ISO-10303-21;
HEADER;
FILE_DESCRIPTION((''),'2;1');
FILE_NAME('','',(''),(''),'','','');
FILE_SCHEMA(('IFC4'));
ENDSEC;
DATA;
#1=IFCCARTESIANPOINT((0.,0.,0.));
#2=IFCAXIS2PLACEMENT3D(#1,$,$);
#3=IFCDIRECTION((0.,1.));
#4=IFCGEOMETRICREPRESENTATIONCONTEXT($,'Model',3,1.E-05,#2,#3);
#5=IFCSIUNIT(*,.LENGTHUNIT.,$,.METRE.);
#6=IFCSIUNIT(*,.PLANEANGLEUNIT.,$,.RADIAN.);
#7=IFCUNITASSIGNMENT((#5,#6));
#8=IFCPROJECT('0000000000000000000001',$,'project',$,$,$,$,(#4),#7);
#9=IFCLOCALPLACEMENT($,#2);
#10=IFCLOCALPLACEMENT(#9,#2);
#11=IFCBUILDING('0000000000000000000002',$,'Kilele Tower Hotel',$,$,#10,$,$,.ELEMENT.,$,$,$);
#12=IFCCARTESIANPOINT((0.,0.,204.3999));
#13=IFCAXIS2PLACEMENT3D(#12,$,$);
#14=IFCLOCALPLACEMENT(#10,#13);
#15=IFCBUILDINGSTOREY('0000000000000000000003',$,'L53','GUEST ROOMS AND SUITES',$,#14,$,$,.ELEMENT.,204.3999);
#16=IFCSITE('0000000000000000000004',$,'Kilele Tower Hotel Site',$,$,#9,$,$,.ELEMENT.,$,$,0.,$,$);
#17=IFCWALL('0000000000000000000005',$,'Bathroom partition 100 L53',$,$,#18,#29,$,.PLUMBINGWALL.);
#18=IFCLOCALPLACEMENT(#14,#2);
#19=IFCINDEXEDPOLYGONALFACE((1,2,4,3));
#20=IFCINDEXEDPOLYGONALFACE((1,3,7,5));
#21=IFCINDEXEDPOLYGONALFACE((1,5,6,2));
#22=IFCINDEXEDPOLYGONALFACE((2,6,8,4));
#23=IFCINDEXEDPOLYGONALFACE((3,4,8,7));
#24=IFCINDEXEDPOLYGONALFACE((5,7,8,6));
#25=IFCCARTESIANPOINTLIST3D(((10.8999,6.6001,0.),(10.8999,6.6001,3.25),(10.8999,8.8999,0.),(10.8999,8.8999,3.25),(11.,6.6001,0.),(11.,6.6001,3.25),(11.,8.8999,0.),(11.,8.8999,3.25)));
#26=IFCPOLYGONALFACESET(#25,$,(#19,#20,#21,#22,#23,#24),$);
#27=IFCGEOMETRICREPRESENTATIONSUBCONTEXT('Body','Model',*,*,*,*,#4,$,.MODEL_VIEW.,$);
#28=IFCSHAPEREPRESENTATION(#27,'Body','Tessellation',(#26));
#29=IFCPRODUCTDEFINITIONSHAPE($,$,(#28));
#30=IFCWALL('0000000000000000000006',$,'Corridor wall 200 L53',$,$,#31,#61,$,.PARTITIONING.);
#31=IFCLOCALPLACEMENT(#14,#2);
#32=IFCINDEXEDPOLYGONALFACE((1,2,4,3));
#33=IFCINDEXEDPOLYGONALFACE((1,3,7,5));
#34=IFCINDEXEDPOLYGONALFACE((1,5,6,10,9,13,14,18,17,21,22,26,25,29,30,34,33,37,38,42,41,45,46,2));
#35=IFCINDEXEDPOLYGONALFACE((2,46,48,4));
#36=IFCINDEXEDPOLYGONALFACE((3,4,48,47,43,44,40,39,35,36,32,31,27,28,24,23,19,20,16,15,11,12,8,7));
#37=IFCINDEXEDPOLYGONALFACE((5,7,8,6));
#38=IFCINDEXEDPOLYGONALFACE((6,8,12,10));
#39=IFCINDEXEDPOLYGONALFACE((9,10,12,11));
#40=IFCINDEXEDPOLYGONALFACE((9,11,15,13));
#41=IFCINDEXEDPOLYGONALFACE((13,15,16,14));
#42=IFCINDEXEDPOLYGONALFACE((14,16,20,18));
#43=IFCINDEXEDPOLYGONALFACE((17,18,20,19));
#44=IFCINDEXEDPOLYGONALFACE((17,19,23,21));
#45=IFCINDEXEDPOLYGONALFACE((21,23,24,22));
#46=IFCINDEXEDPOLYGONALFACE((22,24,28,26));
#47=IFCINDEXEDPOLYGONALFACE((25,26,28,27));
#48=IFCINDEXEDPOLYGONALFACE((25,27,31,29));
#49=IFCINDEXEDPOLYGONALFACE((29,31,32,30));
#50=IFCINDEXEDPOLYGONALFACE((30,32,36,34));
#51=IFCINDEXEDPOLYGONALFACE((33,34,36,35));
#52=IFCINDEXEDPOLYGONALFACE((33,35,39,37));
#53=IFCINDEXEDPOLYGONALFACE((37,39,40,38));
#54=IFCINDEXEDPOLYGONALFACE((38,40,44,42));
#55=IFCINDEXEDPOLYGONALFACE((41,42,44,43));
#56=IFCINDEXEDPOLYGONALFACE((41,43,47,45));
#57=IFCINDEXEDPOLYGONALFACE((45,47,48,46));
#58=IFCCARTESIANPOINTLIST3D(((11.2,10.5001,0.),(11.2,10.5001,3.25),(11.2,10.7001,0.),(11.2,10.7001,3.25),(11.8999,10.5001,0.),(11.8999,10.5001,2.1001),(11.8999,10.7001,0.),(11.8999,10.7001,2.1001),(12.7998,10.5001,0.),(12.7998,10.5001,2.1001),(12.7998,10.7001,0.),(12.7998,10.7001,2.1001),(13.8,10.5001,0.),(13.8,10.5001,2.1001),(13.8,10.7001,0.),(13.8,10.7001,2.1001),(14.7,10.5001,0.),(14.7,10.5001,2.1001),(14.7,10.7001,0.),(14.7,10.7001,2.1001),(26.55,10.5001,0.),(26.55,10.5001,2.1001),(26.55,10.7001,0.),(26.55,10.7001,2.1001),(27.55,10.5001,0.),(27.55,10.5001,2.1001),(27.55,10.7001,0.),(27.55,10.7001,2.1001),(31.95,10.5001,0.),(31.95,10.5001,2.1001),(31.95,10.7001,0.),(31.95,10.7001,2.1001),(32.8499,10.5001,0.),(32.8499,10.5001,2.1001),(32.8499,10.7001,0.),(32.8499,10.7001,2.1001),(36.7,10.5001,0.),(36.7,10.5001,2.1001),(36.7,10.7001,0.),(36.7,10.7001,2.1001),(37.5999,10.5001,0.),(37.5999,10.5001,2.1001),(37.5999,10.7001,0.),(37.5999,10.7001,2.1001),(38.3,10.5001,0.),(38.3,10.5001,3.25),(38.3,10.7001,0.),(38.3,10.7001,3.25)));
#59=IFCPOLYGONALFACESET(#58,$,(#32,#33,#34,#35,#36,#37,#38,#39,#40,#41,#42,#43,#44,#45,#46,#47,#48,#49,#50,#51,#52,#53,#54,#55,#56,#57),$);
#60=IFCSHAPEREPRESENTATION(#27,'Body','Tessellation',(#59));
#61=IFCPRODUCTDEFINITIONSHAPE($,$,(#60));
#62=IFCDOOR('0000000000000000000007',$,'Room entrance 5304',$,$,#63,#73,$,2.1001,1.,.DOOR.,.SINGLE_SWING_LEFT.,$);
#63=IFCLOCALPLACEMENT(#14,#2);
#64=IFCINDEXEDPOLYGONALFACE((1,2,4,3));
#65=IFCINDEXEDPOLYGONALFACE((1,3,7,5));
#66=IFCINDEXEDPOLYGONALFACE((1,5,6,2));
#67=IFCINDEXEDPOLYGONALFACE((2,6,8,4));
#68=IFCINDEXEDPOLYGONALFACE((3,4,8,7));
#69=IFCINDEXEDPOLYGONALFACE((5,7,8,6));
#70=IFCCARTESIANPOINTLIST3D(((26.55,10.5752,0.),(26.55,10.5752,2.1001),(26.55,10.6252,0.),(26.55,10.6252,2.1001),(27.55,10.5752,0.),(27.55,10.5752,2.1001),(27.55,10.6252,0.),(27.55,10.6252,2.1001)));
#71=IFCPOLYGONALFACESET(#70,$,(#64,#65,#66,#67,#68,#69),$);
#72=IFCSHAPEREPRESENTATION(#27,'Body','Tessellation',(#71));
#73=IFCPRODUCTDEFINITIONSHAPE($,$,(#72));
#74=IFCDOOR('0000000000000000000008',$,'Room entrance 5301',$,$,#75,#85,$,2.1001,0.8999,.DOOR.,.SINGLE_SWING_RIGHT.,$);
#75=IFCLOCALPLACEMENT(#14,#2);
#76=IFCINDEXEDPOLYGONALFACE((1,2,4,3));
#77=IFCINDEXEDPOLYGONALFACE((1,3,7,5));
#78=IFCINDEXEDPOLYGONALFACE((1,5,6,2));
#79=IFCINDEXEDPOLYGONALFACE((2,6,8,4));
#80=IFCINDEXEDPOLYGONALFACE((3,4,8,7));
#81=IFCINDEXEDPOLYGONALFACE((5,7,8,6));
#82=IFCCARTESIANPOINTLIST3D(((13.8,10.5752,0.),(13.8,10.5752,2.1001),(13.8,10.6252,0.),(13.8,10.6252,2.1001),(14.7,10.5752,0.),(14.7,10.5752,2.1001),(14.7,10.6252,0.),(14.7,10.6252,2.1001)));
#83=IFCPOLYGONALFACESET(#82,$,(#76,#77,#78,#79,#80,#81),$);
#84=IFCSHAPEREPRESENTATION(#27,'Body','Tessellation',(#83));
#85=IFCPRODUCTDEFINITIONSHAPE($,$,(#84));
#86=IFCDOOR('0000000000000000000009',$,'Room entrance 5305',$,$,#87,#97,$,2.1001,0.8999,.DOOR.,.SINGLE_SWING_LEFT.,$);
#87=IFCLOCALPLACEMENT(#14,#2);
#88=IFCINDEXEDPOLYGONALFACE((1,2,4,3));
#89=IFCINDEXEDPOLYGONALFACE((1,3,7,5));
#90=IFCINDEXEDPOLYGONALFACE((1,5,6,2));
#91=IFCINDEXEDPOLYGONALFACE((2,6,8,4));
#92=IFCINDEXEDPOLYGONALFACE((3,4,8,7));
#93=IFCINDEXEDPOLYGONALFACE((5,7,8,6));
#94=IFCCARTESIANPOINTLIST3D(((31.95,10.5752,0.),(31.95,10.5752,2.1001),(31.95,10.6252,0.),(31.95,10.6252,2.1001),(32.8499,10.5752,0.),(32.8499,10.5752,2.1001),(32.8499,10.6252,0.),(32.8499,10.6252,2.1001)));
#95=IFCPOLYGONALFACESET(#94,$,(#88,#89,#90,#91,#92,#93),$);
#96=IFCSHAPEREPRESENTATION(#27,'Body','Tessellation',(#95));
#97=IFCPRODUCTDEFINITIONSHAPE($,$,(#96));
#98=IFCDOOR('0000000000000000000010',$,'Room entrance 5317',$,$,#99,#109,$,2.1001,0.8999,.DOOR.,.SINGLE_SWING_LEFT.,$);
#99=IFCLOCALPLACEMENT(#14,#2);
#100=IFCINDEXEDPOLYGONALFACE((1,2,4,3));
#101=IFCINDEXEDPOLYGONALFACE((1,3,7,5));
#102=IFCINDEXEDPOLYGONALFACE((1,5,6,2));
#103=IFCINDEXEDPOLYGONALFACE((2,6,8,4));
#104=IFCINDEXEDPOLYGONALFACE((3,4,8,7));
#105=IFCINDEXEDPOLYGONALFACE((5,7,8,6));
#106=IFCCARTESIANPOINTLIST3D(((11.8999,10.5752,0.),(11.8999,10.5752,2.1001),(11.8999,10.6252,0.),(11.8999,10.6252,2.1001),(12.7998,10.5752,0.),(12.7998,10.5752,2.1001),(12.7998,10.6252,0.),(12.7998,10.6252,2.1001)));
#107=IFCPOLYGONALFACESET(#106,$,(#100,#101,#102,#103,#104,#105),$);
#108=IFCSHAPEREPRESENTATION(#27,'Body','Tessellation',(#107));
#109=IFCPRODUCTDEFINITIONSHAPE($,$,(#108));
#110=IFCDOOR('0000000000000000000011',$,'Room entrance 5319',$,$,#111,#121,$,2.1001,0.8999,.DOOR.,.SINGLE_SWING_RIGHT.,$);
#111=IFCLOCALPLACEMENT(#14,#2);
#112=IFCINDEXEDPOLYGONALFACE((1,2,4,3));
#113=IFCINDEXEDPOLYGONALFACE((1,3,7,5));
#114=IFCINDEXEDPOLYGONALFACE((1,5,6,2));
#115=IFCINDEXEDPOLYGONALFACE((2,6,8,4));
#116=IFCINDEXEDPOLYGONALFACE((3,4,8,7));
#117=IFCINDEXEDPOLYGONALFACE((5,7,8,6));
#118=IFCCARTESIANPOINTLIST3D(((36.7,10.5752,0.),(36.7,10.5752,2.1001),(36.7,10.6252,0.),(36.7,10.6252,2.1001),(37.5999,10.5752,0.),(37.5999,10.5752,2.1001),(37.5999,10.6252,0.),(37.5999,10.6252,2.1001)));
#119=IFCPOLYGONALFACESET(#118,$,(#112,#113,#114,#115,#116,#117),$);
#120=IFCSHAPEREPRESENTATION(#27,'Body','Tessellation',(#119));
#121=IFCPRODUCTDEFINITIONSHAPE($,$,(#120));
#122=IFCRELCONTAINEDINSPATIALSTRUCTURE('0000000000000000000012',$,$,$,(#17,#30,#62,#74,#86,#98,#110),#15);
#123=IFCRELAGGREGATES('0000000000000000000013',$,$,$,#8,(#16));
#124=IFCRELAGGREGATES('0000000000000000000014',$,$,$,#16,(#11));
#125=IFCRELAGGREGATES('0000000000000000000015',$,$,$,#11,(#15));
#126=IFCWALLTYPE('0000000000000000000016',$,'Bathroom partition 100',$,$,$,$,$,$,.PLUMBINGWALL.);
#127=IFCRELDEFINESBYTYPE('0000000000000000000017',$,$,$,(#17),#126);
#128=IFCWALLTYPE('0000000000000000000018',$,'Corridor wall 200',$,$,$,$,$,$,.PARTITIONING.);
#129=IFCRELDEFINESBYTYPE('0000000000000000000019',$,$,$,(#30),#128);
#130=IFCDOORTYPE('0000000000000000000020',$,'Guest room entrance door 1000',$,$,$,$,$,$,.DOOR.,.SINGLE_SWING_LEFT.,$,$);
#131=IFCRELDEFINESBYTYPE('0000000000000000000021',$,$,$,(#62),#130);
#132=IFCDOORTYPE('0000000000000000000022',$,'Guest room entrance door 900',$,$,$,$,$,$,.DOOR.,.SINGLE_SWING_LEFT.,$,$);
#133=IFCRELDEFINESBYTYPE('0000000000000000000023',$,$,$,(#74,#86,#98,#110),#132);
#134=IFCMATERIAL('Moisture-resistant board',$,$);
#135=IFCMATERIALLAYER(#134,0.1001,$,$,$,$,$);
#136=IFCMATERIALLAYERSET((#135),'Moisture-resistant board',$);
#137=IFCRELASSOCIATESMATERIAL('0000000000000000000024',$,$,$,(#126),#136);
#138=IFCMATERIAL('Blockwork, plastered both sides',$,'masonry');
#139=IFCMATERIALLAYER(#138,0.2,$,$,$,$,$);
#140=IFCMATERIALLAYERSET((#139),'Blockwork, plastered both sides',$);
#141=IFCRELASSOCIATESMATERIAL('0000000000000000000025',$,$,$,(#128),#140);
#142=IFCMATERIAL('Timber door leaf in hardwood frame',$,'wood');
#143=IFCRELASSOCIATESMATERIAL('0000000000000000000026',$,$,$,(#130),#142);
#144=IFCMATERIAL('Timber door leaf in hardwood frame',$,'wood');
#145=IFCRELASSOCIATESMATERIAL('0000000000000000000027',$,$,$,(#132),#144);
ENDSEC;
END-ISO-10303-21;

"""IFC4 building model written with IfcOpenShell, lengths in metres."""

from ifc_helpers import new_model, si_unit, direction, frame, frame_2d, origin, place, context, subcontext, project, spatial, rectangle, extrude, material, layer, layer_set, type_object, element, fill, save


model = new_model("IFC4")

# Units and contexts
model_context = context("Model", 3, precision=1e-05, world=origin(), true_north=direction((0.0, 1.0)))
body_context = subcontext(model_context, "Body", "Model", "MODEL_VIEW")
ifc_project = project(units=[si_unit("LENGTHUNIT", "METRE"), si_unit("PLANEANGLEUNIT", "RADIAN")], contexts=[model_context])

# Site, building, storey
site_placement = place(None, origin())
site = spatial("IfcSite", under=ifc_project, at=site_placement, Name="Kilele Tower Hotel Site", CompositionType="ELEMENT", RefElevation=0.0)
building_placement = place(site_placement, origin())
building = spatial("IfcBuilding", under=site, at=building_placement, Name="Kilele Tower Hotel", CompositionType="ELEMENT")
storey_placement = place(building_placement, frame((0.0, 0.0, 204.3999)))
storey = spatial("IfcBuildingStorey", under=building, at=storey_placement, Name="L53", Description="GUEST ROOMS AND SUITES", CompositionType="ELEMENT", Elevation=204.3999)

# Wall
ifc_material_1 = material(Name="Moisture-resistant board")
ifc_layer_1 = layer(ifc_material_1, 0.1001)
ifc_layer_set_1 = layer_set([ifc_layer_1], Name="Moisture-resistant board")
wall_type_1 = type_object("IfcWallType", Name="Bathroom partition 100", PredefinedType="PLUMBINGWALL", material=ifc_layer_set_1)
wall_1_placement = place(storey_placement, frame((10.95, 8.8999, 0.0), z_axis=(0.0, 0.0, 1.0), x_axis=(0.0, -1.0, 0.0)))
element("IfcWall", 1, at=wall_1_placement, inside=storey, type_object=wall_type_1, Name="Bathroom partition 100 L53", PredefinedType="PLUMBINGWALL", context=body_context, shape_type="SweptSolid", body=[
    extrude(rectangle(XDim=2.2998, YDim=0.1001, at=frame_2d((1.1499, 0.0))), origin(), (0.0, 0.0, 1.0), 3.25),
])

# Wall, openings, doors
ifc_material_2 = material(Name="Blockwork, plastered both sides", Category="masonry")
ifc_layer_2 = layer(ifc_material_2, 0.2)
ifc_layer_set_2 = layer_set([ifc_layer_2], Name="Blockwork, plastered both sides")
wall_type_2 = type_object("IfcWallType", Name="Corridor wall 200", PredefinedType="PARTITIONING", material=ifc_layer_set_2)
wall_2_placement = place(storey_placement, frame((11.2, 10.6001, 0.0), z_axis=(0.0, 0.0, 1.0), x_axis=(1.0, 0.0, 0.0)))
wall_2 = element("IfcWall", 2, at=wall_2_placement, inside=storey, type_object=wall_type_2, Name="Corridor wall 200 L53", PredefinedType="PARTITIONING", context=body_context, shape_type="SweptSolid", body=[
    extrude(rectangle(XDim=27.1001, YDim=0.2, at=frame_2d((13.55, 0.0))), origin(), (0.0, 0.0, 1.0), 3.25),
])
opening_1_placement = place(wall_2_placement, frame((3.5, 0.0, 0.0), z_axis=(0.0, 0.0, 1.0), x_axis=(-1.0, 0.0, 0.0)))
opening_1 = element("IfcOpeningElement", 3, at=opening_1_placement, cuts=wall_2, PredefinedType="OPENING", context=body_context, shape_type="SweptSolid", body=[
    extrude(rectangle(XDim=0.8999, YDim=2.1001, at=frame_2d((0.45, 1.05))), frame((0.0, 0.1099, 0.0), z_axis=(0.0, -1.0, 0.0), x_axis=(1.0, 0.0, 0.0)), (0.0, 0.0, 1.0), 0.22),
])
opening_2_placement = place(wall_2_placement, frame((16.3501, 0.0, 0.0), z_axis=(0.0, 0.0, 1.0), x_axis=(-1.0, 0.0, 0.0)))
opening_2 = element("IfcOpeningElement", 4, at=opening_2_placement, cuts=wall_2, PredefinedType="OPENING", context=body_context, shape_type="SweptSolid", body=[
    extrude(rectangle(XDim=1.0, YDim=2.1001, at=frame_2d((0.5, 1.05))), frame((0.0, 0.1099, 0.0), z_axis=(0.0, -1.0, 0.0), x_axis=(1.0, 0.0, 0.0)), (0.0, 0.0, 1.0), 0.22),
])
opening_3_placement = place(wall_2_placement, frame((21.6499, 0.0, 0.0), z_axis=(0.0, 0.0, 1.0), x_axis=(-1.0, 0.0, 0.0)))
opening_3 = element("IfcOpeningElement", 5, at=opening_3_placement, cuts=wall_2, PredefinedType="OPENING", context=body_context, shape_type="SweptSolid", body=[
    extrude(rectangle(XDim=0.8999, YDim=2.1001, at=frame_2d((0.45, 1.05))), frame((0.0, 0.1099, 0.0), z_axis=(0.0, -1.0, 0.0), x_axis=(1.0, 0.0, 0.0)), (0.0, 0.0, 1.0), 0.22),
])
opening_4_placement = place(wall_2_placement, frame((1.5999, 0.0, 0.0), z_axis=(0.0, 0.0, 1.0), x_axis=(-1.0, 0.0, 0.0)))
opening_4 = element("IfcOpeningElement", 6, at=opening_4_placement, cuts=wall_2, PredefinedType="OPENING", context=body_context, shape_type="SweptSolid", body=[
    extrude(rectangle(XDim=0.8999, YDim=2.1001, at=frame_2d((0.45, 1.05))), frame((0.0, 0.1099, 0.0), z_axis=(0.0, -1.0, 0.0), x_axis=(1.0, 0.0, 0.0)), (0.0, 0.0, 1.0), 0.22),
])
opening_5_placement = place(wall_2_placement, frame((26.3999, 0.0, 0.0), z_axis=(0.0, 0.0, 1.0), x_axis=(-1.0, 0.0, 0.0)))
opening_5 = element("IfcOpeningElement", 7, at=opening_5_placement, cuts=wall_2, PredefinedType="OPENING", context=body_context, shape_type="SweptSolid", body=[
    extrude(rectangle(XDim=0.8999, YDim=2.1001, at=frame_2d((0.45, 1.05))), frame((0.0, 0.1099, 0.0), z_axis=(0.0, -1.0, 0.0), x_axis=(1.0, 0.0, 0.0)), (0.0, 0.0, 1.0), 0.22),
])
ifc_material_3 = material(Name="Timber door leaf in hardwood frame", Category="wood")
door_type_1 = type_object("IfcDoorType", Name="Guest room entrance door 1000", OperationType="SINGLE_SWING_LEFT", PredefinedType="DOOR", material=ifc_material_3)
door_1_placement = place(opening_2_placement, origin())
door_1 = element("IfcDoor", 8, at=door_1_placement, inside=storey, type_object=door_type_1, Name="Room entrance 5304", OperationType="SINGLE_SWING_LEFT", OverallHeight=2.1001, OverallWidth=1.0, PredefinedType="DOOR", context=body_context, shape_type="SweptSolid", body=[
    extrude(rectangle(XDim=1.0, YDim=2.1001, at=frame_2d((0.5, 1.05))), frame((0.0, 0.0249, 0.0), z_axis=(0.0, -1.0, 0.0), x_axis=(1.0, 0.0, 0.0)), (0.0, 0.0, 1.0), 0.05),
])
fill(opening_2, door_1)
ifc_material_4 = material(Name="Timber door leaf in hardwood frame", Category="wood")
door_type_2 = type_object("IfcDoorType", Name="Guest room entrance door 900", OperationType="SINGLE_SWING_LEFT", PredefinedType="DOOR", material=ifc_material_4)
door_2_placement = place(opening_1_placement, origin())
door_2 = element("IfcDoor", 9, at=door_2_placement, inside=storey, type_object=door_type_2, Name="Room entrance 5301", OperationType="SINGLE_SWING_RIGHT", OverallHeight=2.1001, OverallWidth=0.8999, PredefinedType="DOOR", context=body_context, shape_type="SweptSolid", body=[
    extrude(rectangle(XDim=0.8999, YDim=2.1001, at=frame_2d((0.45, 1.05))), frame((0.0, 0.0249, 0.0), z_axis=(0.0, -1.0, 0.0), x_axis=(1.0, 0.0, 0.0)), (0.0, 0.0, 1.0), 0.05),
])
fill(opening_1, door_2)
door_3_placement = place(opening_3_placement, origin())
door_3 = element("IfcDoor", 10, at=door_3_placement, inside=storey, type_object=door_type_2, Name="Room entrance 5305", OperationType="SINGLE_SWING_LEFT", OverallHeight=2.1001, OverallWidth=0.8999, PredefinedType="DOOR", context=body_context, shape_type="SweptSolid", body=[
    extrude(rectangle(XDim=0.8999, YDim=2.1001, at=frame_2d((0.45, 1.05))), frame((0.0, 0.0249, 0.0), z_axis=(0.0, -1.0, 0.0), x_axis=(1.0, 0.0, 0.0)), (0.0, 0.0, 1.0), 0.05),
])
fill(opening_3, door_3)
door_4_placement = place(opening_4_placement, origin())
door_4 = element("IfcDoor", 11, at=door_4_placement, inside=storey, type_object=door_type_2, Name="Room entrance 5317", OperationType="SINGLE_SWING_LEFT", OverallHeight=2.1001, OverallWidth=0.8999, PredefinedType="DOOR", context=body_context, shape_type="SweptSolid", body=[
    extrude(rectangle(XDim=0.8999, YDim=2.1001, at=frame_2d((0.45, 1.05))), frame((0.0, 0.0249, 0.0), z_axis=(0.0, -1.0, 0.0), x_axis=(1.0, 0.0, 0.0)), (0.0, 0.0, 1.0), 0.05),
])
fill(opening_4, door_4)
door_5_placement = place(opening_5_placement, origin())
door_5 = element("IfcDoor", 12, at=door_5_placement, inside=storey, type_object=door_type_2, Name="Room entrance 5319", OperationType="SINGLE_SWING_RIGHT", OverallHeight=2.1001, OverallWidth=0.8999, PredefinedType="DOOR", context=body_context, shape_type="SweptSolid", body=[
    extrude(rectangle(XDim=0.8999, YDim=2.1001, at=frame_2d((0.45, 1.05))), frame((0.0, 0.0249, 0.0), z_axis=(0.0, -1.0, 0.0), x_axis=(1.0, 0.0, 0.0)), (0.0, 0.0, 1.0), 0.05),
])
fill(opening_5, door_5)

save(model, "model.ifc")
